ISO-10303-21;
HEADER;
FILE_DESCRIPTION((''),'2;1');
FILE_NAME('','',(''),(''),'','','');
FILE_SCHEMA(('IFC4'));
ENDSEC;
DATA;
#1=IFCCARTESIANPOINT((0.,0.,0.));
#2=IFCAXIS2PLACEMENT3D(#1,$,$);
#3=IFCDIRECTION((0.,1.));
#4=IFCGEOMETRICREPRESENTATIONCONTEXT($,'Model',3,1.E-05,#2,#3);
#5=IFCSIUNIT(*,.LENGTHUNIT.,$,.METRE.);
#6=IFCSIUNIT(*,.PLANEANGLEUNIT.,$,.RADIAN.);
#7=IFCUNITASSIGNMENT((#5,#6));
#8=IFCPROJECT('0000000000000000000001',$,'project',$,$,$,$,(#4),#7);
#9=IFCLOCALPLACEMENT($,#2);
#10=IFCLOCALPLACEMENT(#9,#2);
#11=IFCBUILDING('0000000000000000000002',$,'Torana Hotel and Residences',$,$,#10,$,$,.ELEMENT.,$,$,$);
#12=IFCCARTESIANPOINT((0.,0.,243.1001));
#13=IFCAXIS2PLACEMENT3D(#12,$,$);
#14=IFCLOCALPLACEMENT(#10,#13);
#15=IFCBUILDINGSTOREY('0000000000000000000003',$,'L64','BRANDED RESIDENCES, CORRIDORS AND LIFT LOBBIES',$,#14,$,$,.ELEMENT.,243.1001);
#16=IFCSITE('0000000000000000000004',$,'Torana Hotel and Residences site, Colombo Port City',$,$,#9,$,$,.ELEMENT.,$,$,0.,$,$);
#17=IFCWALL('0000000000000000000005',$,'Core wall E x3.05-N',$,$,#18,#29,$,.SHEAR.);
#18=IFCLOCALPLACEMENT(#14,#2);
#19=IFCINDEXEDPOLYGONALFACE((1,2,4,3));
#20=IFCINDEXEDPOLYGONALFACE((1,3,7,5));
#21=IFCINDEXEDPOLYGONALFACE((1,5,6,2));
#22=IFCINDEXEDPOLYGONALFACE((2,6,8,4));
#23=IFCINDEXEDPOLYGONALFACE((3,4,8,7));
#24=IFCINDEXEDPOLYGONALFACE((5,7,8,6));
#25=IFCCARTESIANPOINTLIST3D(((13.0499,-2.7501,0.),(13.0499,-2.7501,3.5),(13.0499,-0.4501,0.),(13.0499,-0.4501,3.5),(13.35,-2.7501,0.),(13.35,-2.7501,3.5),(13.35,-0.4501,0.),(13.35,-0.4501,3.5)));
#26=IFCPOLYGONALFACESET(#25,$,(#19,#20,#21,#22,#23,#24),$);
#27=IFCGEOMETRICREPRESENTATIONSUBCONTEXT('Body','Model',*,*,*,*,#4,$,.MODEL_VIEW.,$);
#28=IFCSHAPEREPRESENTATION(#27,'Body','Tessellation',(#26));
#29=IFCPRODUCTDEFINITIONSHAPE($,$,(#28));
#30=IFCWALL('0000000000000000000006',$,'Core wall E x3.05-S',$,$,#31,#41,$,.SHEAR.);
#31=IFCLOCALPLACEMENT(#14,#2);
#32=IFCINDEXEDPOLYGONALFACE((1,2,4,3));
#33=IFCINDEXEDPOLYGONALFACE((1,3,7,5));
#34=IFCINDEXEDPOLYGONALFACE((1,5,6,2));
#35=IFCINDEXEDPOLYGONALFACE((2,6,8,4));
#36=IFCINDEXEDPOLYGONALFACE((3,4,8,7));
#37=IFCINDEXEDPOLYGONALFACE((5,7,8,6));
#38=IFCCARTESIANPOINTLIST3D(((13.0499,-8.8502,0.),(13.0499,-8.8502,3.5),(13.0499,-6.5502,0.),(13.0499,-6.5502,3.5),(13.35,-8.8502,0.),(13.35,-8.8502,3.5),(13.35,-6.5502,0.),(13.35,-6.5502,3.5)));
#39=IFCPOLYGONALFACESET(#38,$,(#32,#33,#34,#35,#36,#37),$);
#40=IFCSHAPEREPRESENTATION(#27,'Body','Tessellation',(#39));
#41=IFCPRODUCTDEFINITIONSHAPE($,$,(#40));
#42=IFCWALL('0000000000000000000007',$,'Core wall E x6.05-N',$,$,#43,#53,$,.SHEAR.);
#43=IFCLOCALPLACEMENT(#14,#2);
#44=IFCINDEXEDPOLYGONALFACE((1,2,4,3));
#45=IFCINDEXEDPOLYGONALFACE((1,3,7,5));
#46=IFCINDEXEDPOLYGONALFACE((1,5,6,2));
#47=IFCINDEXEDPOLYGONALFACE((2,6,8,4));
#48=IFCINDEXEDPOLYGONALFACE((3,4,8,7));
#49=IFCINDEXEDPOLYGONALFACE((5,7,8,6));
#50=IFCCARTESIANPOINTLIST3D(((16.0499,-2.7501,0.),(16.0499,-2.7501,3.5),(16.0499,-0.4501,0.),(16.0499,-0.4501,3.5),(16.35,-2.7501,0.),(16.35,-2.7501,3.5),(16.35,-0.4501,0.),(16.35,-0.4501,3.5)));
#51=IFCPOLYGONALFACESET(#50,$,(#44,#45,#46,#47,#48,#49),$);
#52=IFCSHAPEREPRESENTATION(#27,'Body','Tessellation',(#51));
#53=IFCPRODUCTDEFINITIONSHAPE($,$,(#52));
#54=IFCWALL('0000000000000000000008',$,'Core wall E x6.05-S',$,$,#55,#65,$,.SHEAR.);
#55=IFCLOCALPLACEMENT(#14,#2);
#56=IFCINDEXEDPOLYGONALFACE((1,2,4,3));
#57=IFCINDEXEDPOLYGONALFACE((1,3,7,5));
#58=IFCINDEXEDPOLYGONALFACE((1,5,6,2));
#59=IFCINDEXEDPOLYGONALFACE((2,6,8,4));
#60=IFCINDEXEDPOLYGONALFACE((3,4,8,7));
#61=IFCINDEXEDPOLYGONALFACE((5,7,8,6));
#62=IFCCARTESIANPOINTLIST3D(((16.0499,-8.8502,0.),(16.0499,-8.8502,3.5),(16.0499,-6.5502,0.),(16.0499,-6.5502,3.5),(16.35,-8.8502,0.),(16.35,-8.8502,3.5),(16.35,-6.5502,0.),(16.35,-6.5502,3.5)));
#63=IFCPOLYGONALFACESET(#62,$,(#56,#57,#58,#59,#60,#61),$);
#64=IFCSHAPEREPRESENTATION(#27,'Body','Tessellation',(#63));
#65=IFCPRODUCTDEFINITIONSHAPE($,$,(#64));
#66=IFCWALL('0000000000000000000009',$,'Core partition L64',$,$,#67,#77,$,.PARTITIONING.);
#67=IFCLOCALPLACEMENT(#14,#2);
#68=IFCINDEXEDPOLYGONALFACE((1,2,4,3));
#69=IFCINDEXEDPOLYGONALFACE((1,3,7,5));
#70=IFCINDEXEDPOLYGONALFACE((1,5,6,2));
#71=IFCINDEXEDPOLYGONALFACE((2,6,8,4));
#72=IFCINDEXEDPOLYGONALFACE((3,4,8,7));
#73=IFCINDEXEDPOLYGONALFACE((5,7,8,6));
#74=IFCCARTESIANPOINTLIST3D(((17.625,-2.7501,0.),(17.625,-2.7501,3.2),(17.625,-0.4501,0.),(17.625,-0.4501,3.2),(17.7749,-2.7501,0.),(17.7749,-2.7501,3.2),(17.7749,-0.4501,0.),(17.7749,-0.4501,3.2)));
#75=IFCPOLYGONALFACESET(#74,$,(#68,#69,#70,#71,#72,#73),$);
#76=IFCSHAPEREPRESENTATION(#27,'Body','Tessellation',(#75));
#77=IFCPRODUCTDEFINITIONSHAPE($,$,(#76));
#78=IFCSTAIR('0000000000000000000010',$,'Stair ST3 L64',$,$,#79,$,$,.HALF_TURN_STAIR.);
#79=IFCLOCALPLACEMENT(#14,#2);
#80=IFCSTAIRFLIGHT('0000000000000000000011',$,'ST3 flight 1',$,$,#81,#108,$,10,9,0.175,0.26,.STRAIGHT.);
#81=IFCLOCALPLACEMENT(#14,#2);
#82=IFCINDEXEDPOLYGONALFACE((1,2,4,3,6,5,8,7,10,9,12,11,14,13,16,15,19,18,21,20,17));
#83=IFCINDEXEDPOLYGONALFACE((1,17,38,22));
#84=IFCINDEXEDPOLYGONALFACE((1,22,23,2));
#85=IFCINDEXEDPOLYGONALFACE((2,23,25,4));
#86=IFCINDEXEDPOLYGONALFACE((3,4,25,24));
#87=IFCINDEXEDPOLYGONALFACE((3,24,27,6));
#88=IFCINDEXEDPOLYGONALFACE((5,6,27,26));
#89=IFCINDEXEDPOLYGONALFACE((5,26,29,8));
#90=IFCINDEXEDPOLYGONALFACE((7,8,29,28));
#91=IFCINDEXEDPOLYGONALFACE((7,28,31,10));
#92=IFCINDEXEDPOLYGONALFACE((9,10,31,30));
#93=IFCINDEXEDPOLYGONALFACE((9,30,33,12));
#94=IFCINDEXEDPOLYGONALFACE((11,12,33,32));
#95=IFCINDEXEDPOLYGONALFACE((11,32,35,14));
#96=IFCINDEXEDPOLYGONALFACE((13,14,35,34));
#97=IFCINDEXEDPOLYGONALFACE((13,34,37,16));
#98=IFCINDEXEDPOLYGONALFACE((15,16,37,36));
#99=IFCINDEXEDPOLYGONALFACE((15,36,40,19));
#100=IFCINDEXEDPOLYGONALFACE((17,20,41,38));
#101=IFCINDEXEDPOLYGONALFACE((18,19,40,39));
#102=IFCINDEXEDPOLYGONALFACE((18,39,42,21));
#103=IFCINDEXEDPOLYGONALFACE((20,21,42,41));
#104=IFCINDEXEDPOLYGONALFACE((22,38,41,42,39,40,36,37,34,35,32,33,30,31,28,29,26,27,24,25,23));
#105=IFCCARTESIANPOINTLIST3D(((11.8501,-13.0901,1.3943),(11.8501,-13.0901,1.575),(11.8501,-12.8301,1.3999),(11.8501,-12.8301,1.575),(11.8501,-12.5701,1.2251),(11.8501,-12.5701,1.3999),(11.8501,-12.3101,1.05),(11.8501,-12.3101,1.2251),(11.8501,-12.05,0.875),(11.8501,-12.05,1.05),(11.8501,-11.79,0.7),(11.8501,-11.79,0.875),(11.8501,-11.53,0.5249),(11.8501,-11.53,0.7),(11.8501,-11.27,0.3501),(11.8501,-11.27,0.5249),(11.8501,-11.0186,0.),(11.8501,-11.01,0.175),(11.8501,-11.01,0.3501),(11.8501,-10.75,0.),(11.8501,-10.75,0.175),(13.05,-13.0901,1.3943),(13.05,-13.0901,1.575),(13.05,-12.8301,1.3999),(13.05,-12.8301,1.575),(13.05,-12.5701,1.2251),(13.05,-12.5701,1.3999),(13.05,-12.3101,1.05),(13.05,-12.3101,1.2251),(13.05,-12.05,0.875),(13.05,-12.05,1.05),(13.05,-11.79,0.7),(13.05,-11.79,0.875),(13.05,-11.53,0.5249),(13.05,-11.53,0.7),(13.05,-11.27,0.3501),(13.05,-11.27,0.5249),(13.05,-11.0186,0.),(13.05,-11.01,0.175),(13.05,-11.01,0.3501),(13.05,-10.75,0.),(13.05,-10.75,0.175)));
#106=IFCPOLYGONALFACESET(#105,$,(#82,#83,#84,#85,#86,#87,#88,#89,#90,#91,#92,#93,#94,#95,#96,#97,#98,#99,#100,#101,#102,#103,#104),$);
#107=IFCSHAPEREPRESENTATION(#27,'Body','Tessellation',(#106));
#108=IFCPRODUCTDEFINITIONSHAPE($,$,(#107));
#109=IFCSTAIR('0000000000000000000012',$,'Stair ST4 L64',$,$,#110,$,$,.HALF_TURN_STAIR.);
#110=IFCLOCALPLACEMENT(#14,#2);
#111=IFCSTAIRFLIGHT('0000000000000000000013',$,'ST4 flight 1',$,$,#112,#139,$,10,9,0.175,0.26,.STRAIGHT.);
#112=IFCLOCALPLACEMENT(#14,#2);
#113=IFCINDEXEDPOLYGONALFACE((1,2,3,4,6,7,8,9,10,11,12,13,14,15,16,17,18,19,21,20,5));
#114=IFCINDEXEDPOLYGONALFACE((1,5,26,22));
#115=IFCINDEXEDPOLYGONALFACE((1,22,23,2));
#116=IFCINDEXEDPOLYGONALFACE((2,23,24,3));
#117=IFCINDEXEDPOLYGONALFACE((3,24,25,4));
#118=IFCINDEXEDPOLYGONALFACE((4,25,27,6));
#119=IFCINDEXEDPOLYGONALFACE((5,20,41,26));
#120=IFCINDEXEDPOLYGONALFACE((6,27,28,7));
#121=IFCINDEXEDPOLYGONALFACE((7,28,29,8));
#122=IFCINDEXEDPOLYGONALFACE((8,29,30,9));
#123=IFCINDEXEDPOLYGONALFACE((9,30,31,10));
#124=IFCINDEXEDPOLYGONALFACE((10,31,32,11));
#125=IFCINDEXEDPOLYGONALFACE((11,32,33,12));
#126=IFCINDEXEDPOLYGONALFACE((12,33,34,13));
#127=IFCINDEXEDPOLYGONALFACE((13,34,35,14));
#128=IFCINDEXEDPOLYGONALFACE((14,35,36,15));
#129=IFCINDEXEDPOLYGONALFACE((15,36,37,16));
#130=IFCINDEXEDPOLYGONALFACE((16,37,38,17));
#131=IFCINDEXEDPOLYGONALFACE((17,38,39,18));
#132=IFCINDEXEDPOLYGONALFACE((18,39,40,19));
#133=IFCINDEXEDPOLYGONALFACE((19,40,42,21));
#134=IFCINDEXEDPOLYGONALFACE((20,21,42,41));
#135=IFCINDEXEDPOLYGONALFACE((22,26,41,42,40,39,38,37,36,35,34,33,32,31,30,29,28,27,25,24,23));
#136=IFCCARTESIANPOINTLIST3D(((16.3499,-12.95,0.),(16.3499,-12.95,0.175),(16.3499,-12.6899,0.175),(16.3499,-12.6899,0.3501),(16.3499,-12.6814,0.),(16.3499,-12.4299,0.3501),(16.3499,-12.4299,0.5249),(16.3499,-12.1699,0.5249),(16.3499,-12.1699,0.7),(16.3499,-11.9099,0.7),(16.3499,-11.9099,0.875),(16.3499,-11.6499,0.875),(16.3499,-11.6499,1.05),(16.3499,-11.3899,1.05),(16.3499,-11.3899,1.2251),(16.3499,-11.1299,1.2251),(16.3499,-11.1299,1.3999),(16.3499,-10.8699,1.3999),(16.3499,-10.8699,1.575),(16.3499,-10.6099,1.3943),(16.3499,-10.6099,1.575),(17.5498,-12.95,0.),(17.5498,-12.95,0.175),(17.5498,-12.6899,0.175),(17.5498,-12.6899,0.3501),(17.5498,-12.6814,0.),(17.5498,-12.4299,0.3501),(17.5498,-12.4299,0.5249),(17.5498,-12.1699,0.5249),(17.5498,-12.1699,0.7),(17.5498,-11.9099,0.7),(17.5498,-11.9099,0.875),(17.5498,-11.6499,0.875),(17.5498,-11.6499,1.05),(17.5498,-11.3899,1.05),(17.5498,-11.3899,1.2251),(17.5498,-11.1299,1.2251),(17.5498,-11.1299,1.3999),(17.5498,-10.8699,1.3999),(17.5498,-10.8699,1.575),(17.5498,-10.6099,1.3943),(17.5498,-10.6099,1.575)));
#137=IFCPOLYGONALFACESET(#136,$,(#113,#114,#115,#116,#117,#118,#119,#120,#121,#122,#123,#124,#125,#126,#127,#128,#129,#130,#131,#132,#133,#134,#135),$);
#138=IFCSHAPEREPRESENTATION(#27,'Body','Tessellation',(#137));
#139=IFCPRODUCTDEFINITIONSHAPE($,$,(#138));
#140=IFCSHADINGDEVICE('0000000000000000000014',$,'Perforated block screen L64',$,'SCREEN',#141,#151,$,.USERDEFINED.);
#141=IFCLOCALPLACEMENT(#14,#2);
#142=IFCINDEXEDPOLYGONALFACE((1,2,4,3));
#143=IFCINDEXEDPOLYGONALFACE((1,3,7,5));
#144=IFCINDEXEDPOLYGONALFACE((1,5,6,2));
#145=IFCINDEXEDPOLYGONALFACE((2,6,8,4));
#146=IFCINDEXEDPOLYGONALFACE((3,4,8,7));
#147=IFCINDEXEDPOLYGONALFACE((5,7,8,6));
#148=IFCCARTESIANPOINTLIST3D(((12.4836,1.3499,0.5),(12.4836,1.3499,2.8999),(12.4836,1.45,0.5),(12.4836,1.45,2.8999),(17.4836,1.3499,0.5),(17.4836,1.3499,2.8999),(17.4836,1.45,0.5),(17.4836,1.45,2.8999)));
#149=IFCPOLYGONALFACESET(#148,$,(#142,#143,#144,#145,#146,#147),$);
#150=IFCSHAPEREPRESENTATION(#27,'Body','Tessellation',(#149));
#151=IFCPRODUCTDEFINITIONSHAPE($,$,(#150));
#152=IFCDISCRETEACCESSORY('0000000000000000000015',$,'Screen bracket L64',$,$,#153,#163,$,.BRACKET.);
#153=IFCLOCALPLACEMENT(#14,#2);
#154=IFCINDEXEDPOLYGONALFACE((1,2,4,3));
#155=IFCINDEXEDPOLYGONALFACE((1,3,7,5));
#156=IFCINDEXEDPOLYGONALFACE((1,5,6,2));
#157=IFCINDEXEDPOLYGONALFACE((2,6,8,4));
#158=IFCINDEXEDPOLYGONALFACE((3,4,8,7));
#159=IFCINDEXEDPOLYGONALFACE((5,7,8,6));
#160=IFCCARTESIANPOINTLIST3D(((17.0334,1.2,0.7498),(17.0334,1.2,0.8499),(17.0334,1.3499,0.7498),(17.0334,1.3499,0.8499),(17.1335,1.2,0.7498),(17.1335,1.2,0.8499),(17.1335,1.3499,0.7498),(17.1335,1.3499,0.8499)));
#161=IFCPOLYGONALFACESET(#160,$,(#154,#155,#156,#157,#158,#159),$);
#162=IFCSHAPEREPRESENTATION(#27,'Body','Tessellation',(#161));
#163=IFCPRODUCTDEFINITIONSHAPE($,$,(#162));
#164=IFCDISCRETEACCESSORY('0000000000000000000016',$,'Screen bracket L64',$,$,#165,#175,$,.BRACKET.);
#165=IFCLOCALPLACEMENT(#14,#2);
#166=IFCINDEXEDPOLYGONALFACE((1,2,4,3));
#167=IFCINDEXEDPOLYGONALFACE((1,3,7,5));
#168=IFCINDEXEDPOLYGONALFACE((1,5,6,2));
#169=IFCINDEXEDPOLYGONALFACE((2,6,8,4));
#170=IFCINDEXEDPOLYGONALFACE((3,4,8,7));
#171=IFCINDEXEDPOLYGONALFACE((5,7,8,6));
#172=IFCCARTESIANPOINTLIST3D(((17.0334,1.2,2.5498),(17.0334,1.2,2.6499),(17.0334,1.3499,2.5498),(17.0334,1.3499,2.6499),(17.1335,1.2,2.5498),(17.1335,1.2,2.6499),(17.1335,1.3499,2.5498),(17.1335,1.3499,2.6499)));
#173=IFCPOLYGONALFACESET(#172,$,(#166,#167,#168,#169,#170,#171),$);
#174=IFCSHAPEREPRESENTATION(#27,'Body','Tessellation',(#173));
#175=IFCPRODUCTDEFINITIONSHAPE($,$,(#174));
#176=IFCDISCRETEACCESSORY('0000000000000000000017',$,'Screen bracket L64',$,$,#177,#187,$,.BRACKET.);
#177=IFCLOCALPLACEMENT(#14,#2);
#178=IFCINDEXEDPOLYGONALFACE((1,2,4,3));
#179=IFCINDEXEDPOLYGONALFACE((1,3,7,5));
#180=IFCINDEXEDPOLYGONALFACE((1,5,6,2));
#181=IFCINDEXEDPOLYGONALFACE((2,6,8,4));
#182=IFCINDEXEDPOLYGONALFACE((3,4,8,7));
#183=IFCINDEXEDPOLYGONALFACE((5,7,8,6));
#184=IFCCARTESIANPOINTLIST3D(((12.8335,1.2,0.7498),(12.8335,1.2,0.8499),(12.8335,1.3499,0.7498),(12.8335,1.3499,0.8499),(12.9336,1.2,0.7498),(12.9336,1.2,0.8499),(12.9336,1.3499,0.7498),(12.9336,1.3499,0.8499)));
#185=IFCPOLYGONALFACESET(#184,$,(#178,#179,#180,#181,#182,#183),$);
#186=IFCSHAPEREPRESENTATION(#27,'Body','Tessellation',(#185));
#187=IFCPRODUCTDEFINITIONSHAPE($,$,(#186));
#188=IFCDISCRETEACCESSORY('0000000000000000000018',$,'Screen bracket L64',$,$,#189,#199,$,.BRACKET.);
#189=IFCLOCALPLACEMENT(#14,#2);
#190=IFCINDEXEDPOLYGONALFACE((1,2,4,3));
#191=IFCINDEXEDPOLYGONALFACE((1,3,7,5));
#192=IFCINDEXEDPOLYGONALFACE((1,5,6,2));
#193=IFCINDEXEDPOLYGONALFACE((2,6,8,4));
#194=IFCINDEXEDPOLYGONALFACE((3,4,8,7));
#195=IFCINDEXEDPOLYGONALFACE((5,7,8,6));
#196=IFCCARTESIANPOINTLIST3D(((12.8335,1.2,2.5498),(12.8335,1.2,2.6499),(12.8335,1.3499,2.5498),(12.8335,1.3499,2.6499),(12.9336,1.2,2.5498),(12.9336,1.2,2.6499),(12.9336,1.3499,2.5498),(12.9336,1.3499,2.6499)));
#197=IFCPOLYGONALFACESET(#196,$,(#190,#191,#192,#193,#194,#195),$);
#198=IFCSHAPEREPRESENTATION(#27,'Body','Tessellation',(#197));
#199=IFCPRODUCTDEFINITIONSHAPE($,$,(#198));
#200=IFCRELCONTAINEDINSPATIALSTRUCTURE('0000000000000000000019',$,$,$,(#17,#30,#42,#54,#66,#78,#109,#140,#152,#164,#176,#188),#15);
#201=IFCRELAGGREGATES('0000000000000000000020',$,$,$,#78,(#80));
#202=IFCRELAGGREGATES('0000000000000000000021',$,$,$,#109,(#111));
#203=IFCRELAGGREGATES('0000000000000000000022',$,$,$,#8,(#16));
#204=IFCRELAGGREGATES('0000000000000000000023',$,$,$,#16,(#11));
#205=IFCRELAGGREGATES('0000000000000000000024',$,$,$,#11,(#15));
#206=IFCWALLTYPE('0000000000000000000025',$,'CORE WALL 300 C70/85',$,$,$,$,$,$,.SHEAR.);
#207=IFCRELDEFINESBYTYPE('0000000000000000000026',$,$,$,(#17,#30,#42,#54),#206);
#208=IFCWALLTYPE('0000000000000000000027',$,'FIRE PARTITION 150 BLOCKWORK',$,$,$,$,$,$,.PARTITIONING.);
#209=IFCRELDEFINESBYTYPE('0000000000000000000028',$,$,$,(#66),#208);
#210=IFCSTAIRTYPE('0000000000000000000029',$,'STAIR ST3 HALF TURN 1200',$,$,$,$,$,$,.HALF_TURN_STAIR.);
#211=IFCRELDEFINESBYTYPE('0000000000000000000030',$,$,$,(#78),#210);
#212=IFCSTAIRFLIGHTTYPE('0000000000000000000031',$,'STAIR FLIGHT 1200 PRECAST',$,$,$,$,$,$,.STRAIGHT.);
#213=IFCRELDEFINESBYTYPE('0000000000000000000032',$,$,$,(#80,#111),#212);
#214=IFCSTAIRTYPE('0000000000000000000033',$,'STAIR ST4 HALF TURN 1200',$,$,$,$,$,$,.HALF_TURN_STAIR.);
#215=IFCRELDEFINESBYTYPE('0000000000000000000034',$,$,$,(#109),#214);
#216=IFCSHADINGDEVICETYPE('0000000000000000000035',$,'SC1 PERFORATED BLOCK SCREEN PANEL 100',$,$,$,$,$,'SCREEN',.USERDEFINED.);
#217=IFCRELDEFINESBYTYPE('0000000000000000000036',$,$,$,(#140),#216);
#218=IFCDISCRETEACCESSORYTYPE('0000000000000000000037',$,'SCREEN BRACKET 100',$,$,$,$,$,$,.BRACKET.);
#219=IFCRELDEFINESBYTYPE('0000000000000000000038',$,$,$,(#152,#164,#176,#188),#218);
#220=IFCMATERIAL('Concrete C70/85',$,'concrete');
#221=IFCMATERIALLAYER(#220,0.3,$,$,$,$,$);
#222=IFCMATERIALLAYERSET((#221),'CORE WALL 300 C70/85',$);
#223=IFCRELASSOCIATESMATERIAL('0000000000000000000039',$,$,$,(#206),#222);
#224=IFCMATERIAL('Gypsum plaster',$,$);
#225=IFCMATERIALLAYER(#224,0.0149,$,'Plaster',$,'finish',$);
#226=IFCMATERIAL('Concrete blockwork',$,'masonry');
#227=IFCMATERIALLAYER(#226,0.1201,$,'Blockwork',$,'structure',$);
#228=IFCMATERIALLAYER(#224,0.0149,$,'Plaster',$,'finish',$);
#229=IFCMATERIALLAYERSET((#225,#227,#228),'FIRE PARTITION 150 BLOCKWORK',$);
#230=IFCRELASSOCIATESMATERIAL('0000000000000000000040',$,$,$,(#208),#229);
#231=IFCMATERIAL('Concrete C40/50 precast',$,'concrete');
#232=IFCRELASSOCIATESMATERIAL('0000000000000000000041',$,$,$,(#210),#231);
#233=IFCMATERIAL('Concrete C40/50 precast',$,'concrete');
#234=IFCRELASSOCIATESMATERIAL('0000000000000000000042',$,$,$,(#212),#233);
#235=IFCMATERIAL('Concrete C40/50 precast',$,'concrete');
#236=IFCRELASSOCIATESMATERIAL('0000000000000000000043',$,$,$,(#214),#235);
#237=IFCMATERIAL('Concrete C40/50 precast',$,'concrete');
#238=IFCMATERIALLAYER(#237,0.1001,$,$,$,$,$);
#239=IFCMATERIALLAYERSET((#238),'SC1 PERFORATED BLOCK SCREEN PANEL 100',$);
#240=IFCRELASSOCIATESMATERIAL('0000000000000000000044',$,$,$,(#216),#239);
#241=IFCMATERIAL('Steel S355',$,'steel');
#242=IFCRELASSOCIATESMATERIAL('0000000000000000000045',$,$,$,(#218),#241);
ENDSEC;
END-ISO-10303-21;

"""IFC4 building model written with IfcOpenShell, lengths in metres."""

from ifc_helpers import new_model, si_unit, direction, frame, frame_2d, origin, origin_2d, place, context, subcontext, project, spatial, polyline, rectangle, outline, extrude, material, layer, layer_set, type_object, element, aggregate, save


model = new_model("IFC4")

# Units and contexts
model_context = context("Model", 3, precision=1e-05, world=origin(), true_north=direction((0.0, 1.0)))
body_context = subcontext(model_context, "Body", "Model", "MODEL_VIEW")
ifc_project = project(units=[si_unit("LENGTHUNIT", "METRE"), si_unit("PLANEANGLEUNIT", "RADIAN")], contexts=[model_context])

# Site, building, storey
site_placement = place(None, origin())
site = spatial("IfcSite", under=ifc_project, at=site_placement, Name="Torana Hotel and Residences site, Colombo Port City", CompositionType="ELEMENT", RefElevation=0.0)
building_placement = place(site_placement, origin())
building = spatial("IfcBuilding", under=site, at=building_placement, Name="Torana Hotel and Residences", CompositionType="ELEMENT")
storey_placement = place(building_placement, frame((0.0, 0.0, 243.1001)))
storey = spatial("IfcBuildingStorey", under=building, at=storey_placement, Name="L64", Description="BRANDED RESIDENCES, CORRIDORS AND LIFT LOBBIES", CompositionType="ELEMENT", Elevation=243.1001)

# Walls
ifc_material_1 = material(Name="Concrete C70/85", Category="concrete")
ifc_layer_1 = layer(ifc_material_1, 0.3)
ifc_layer_set_1 = layer_set([ifc_layer_1], Name="CORE WALL 300 C70/85")
wall_type_1 = type_object("IfcWallType", Name="CORE WALL 300 C70/85", PredefinedType="SHEAR", material=ifc_layer_set_1)
for number, where, z_axis, x_axis, name in (
    (1, (13.2, -2.75, 0.0), (0.0, 0.0, 1.0), (0.0, 1.0, 0.0), "Core wall E x3.05-N"),
    (2, (13.2, -8.8501, 0.0), (0.0, 0.0, 1.0), (0.0, 1.0, 0.0), "Core wall E x3.05-S"),
    (3, (16.2, -2.75, 0.0), (0.0, 0.0, 1.0), (0.0, 1.0, 0.0), "Core wall E x6.05-N"),
    (4, (16.2, -8.8501, 0.0), (0.0, 0.0, 1.0), (0.0, 1.0, 0.0), "Core wall E x6.05-S"),
):
    element("IfcWall", number, at=place(storey_placement, frame(where, z_axis=z_axis, x_axis=x_axis)), inside=storey, type_object=wall_type_1, Name=name, PredefinedType="SHEAR", context=body_context, shape_type="SweptSolid", body=[
        extrude(rectangle(XDim=2.3, YDim=0.3, at=frame_2d((1.1499, 0.0))), origin(), (0.0, 0.0, 1.0), 3.5),
    ])
ifc_material_2 = material(Name="Gypsum plaster")
ifc_layer_2 = layer(ifc_material_2, 0.0149, Name="Plaster", Category="finish")
ifc_material_3 = material(Name="Concrete blockwork", Category="masonry")
ifc_layer_3 = layer(ifc_material_3, 0.1201, Name="Blockwork", Category="structure")
ifc_layer_4 = layer(ifc_material_2, 0.0149, Name="Plaster", Category="finish")
ifc_layer_set_2 = layer_set([ifc_layer_2, ifc_layer_3, ifc_layer_4], Name="FIRE PARTITION 150 BLOCKWORK")
wall_type_2 = type_object("IfcWallType", Name="FIRE PARTITION 150 BLOCKWORK", PredefinedType="PARTITIONING", material=ifc_layer_set_2)
wall_placement = place(storey_placement, frame((17.7, -2.75, 0.0), z_axis=(0.0, 0.0, 1.0), x_axis=(0.0, 1.0, 0.0)))
element("IfcWall", 5, at=wall_placement, inside=storey, type_object=wall_type_2, Name="Core partition L64", PredefinedType="PARTITIONING", context=body_context, shape_type="SweptSolid", body=[
    extrude(rectangle(XDim=2.3, YDim=0.1499, at=frame_2d((1.1499, 0.0))), origin(), (0.0, 0.0, 1.0), 3.2),
])

# Stairs, stair flights
ifc_material_4 = material(Name="Concrete C40/50 precast", Category="concrete")
stair_type_1 = type_object("IfcStairType", Name="STAIR ST3 HALF TURN 1200", PredefinedType="HALF_TURN_STAIR", material=ifc_material_4)
stair_1_placement = place(storey_placement, origin())
stair_1 = element("IfcStair", 6, at=stair_1_placement, inside=storey, type_object=stair_type_1, Name="Stair ST3 L64", PredefinedType="HALF_TURN_STAIR")
ifc_material_5 = material(Name="Concrete C40/50 precast", Category="concrete")
stair_flight_type = type_object("IfcStairFlightType", Name="STAIR FLIGHT 1200 PRECAST", PredefinedType="STRAIGHT", material=ifc_material_5)
stair_flight_1_placement = place(storey_placement, frame((12.45, -10.75, 0.0), z_axis=(0.0, 0.0, 1.0), x_axis=(0.0, -1.0, 0.0)))
stair_flight_1 = element("IfcStairFlight", 7, at=stair_flight_1_placement, type_object=stair_flight_type, Name="ST3 flight 1", NumberOfRisers=10, NumberOfTreads=9, PredefinedType="STRAIGHT", RiserHeight=0.175, TreadLength=0.26, context=body_context, shape_type="SweptSolid", body=[
    extrude(outline(polyline([(0.0, 0.0), (0.0, 0.175), (0.26, 0.175), (0.26, 0.3501), (0.52, 0.3501), (0.52, 0.5249), (0.78, 0.5249), (0.78, 0.7), (1.04, 0.7), (1.04, 0.875), (1.3, 0.875), (1.3, 1.05), (1.5601, 1.05), (1.5601, 1.2251), (1.8201, 1.2251), (1.8201, 1.3999), (2.0801, 1.3999), (2.0801, 1.575), (2.3401, 1.575), (2.3401, 1.75), (2.3401, 1.3943), (0.2686, 0.0), (0.0, 0.0)])), frame((0.0, 0.6001, 0.0), z_axis=(0.0, -1.0, 0.0), x_axis=(1.0, 0.0, 0.0)), (0.0, 0.0, 1.0), 1.2),
])
aggregate(stair_1, [stair_flight_1])
ifc_material_6 = material(Name="Concrete C40/50 precast", Category="concrete")
stair_type_2 = type_object("IfcStairType", Name="STAIR ST4 HALF TURN 1200", PredefinedType="HALF_TURN_STAIR", material=ifc_material_6)
stair_2_placement = place(storey_placement, origin())
stair_2 = element("IfcStair", 8, at=stair_2_placement, inside=storey, type_object=stair_type_2, Name="Stair ST4 L64", PredefinedType="HALF_TURN_STAIR")
stair_flight_2_placement = place(storey_placement, frame((16.95, -12.95, 0.0), z_axis=(0.0, 0.0, 1.0), x_axis=(0.0, 1.0, 0.0)))
stair_flight_2 = element("IfcStairFlight", 9, at=stair_flight_2_placement, type_object=stair_flight_type, Name="ST4 flight 1", NumberOfRisers=10, NumberOfTreads=9, PredefinedType="STRAIGHT", RiserHeight=0.175, TreadLength=0.26, context=body_context, shape_type="SweptSolid", body=[
    extrude(outline(polyline([(0.0, 0.0), (0.0, 0.175), (0.26, 0.175), (0.26, 0.3501), (0.52, 0.3501), (0.52, 0.5249), (0.78, 0.5249), (0.78, 0.7), (1.04, 0.7), (1.04, 0.875), (1.3, 0.875), (1.3, 1.05), (1.5601, 1.05), (1.5601, 1.2251), (1.8201, 1.2251), (1.8201, 1.3999), (2.0801, 1.3999), (2.0801, 1.575), (2.3401, 1.575), (2.3401, 1.75), (2.3401, 1.3943), (0.2686, 0.0), (0.0, 0.0)])), frame((0.0, 0.6001, 0.0), z_axis=(0.0, -1.0, 0.0), x_axis=(1.0, 0.0, 0.0)), (0.0, 0.0, 1.0), 1.2),
])
aggregate(stair_2, [stair_flight_2])

# Shading device
ifc_material_7 = material(Name="Concrete C40/50 precast", Category="concrete")
ifc_layer_5 = layer(ifc_material_7, 0.1001)
ifc_layer_set_3 = layer_set([ifc_layer_5], Name="SC1 PERFORATED BLOCK SCREEN PANEL 100")
shading_device_type = type_object("IfcShadingDeviceType", Name="SC1 PERFORATED BLOCK SCREEN PANEL 100", ElementType="SCREEN", PredefinedType="USERDEFINED", material=ifc_layer_set_3)
shading_device_placement = place(storey_placement, frame((14.9836, 1.3999, 0.5), z_axis=(0.0, 0.0, 1.0), x_axis=(-1.0, 0.0, 0.0)))
element("IfcShadingDevice", 10, at=shading_device_placement, inside=storey, type_object=shading_device_type, Name="Perforated block screen L64", ObjectType="SCREEN", PredefinedType="USERDEFINED", context=body_context, shape_type="SweptSolid", body=[
    extrude(rectangle(XDim=5.0, YDim=0.1001, at=origin_2d()), origin(), (0.0, 0.0, 1.0), 2.3999),
])

# Discrete accessories
ifc_material_8 = material(Name="Steel S355", Category="steel")
discrete_accessory_type = type_object("IfcDiscreteAccessoryType", Name="SCREEN BRACKET 100", PredefinedType="BRACKET", material=ifc_material_8)
for number, where, z_axis, x_axis, name in (
    (11, (17.0835, 1.2749, 0.7498), (0.0, 0.0, 1.0), (-1.0, 0.0, 0.0), "Screen bracket L64"),
    (12, (17.0835, 1.2749, 2.5498), (0.0, 0.0, 1.0), (-1.0, 0.0, 0.0), "Screen bracket L64"),
    (13, (12.8835, 1.2749, 0.7498), (0.0, 0.0, 1.0), (-1.0, 0.0, 0.0), "Screen bracket L64"),
    (14, (12.8835, 1.2749, 2.5498), (0.0, 0.0, 1.0), (-1.0, 0.0, 0.0), "Screen bracket L64"),
):
    element("IfcDiscreteAccessory", number, at=place(storey_placement, frame(where, z_axis=z_axis, x_axis=x_axis)), inside=storey, type_object=discrete_accessory_type, Name=name, PredefinedType="BRACKET", context=body_context, shape_type="SweptSolid", body=[
        extrude(rectangle(XDim=0.1001, YDim=0.1499, at=origin_2d()), origin(), (0.0, 0.0, 1.0), 0.1001),
    ])

save(model, "model.ifc")
